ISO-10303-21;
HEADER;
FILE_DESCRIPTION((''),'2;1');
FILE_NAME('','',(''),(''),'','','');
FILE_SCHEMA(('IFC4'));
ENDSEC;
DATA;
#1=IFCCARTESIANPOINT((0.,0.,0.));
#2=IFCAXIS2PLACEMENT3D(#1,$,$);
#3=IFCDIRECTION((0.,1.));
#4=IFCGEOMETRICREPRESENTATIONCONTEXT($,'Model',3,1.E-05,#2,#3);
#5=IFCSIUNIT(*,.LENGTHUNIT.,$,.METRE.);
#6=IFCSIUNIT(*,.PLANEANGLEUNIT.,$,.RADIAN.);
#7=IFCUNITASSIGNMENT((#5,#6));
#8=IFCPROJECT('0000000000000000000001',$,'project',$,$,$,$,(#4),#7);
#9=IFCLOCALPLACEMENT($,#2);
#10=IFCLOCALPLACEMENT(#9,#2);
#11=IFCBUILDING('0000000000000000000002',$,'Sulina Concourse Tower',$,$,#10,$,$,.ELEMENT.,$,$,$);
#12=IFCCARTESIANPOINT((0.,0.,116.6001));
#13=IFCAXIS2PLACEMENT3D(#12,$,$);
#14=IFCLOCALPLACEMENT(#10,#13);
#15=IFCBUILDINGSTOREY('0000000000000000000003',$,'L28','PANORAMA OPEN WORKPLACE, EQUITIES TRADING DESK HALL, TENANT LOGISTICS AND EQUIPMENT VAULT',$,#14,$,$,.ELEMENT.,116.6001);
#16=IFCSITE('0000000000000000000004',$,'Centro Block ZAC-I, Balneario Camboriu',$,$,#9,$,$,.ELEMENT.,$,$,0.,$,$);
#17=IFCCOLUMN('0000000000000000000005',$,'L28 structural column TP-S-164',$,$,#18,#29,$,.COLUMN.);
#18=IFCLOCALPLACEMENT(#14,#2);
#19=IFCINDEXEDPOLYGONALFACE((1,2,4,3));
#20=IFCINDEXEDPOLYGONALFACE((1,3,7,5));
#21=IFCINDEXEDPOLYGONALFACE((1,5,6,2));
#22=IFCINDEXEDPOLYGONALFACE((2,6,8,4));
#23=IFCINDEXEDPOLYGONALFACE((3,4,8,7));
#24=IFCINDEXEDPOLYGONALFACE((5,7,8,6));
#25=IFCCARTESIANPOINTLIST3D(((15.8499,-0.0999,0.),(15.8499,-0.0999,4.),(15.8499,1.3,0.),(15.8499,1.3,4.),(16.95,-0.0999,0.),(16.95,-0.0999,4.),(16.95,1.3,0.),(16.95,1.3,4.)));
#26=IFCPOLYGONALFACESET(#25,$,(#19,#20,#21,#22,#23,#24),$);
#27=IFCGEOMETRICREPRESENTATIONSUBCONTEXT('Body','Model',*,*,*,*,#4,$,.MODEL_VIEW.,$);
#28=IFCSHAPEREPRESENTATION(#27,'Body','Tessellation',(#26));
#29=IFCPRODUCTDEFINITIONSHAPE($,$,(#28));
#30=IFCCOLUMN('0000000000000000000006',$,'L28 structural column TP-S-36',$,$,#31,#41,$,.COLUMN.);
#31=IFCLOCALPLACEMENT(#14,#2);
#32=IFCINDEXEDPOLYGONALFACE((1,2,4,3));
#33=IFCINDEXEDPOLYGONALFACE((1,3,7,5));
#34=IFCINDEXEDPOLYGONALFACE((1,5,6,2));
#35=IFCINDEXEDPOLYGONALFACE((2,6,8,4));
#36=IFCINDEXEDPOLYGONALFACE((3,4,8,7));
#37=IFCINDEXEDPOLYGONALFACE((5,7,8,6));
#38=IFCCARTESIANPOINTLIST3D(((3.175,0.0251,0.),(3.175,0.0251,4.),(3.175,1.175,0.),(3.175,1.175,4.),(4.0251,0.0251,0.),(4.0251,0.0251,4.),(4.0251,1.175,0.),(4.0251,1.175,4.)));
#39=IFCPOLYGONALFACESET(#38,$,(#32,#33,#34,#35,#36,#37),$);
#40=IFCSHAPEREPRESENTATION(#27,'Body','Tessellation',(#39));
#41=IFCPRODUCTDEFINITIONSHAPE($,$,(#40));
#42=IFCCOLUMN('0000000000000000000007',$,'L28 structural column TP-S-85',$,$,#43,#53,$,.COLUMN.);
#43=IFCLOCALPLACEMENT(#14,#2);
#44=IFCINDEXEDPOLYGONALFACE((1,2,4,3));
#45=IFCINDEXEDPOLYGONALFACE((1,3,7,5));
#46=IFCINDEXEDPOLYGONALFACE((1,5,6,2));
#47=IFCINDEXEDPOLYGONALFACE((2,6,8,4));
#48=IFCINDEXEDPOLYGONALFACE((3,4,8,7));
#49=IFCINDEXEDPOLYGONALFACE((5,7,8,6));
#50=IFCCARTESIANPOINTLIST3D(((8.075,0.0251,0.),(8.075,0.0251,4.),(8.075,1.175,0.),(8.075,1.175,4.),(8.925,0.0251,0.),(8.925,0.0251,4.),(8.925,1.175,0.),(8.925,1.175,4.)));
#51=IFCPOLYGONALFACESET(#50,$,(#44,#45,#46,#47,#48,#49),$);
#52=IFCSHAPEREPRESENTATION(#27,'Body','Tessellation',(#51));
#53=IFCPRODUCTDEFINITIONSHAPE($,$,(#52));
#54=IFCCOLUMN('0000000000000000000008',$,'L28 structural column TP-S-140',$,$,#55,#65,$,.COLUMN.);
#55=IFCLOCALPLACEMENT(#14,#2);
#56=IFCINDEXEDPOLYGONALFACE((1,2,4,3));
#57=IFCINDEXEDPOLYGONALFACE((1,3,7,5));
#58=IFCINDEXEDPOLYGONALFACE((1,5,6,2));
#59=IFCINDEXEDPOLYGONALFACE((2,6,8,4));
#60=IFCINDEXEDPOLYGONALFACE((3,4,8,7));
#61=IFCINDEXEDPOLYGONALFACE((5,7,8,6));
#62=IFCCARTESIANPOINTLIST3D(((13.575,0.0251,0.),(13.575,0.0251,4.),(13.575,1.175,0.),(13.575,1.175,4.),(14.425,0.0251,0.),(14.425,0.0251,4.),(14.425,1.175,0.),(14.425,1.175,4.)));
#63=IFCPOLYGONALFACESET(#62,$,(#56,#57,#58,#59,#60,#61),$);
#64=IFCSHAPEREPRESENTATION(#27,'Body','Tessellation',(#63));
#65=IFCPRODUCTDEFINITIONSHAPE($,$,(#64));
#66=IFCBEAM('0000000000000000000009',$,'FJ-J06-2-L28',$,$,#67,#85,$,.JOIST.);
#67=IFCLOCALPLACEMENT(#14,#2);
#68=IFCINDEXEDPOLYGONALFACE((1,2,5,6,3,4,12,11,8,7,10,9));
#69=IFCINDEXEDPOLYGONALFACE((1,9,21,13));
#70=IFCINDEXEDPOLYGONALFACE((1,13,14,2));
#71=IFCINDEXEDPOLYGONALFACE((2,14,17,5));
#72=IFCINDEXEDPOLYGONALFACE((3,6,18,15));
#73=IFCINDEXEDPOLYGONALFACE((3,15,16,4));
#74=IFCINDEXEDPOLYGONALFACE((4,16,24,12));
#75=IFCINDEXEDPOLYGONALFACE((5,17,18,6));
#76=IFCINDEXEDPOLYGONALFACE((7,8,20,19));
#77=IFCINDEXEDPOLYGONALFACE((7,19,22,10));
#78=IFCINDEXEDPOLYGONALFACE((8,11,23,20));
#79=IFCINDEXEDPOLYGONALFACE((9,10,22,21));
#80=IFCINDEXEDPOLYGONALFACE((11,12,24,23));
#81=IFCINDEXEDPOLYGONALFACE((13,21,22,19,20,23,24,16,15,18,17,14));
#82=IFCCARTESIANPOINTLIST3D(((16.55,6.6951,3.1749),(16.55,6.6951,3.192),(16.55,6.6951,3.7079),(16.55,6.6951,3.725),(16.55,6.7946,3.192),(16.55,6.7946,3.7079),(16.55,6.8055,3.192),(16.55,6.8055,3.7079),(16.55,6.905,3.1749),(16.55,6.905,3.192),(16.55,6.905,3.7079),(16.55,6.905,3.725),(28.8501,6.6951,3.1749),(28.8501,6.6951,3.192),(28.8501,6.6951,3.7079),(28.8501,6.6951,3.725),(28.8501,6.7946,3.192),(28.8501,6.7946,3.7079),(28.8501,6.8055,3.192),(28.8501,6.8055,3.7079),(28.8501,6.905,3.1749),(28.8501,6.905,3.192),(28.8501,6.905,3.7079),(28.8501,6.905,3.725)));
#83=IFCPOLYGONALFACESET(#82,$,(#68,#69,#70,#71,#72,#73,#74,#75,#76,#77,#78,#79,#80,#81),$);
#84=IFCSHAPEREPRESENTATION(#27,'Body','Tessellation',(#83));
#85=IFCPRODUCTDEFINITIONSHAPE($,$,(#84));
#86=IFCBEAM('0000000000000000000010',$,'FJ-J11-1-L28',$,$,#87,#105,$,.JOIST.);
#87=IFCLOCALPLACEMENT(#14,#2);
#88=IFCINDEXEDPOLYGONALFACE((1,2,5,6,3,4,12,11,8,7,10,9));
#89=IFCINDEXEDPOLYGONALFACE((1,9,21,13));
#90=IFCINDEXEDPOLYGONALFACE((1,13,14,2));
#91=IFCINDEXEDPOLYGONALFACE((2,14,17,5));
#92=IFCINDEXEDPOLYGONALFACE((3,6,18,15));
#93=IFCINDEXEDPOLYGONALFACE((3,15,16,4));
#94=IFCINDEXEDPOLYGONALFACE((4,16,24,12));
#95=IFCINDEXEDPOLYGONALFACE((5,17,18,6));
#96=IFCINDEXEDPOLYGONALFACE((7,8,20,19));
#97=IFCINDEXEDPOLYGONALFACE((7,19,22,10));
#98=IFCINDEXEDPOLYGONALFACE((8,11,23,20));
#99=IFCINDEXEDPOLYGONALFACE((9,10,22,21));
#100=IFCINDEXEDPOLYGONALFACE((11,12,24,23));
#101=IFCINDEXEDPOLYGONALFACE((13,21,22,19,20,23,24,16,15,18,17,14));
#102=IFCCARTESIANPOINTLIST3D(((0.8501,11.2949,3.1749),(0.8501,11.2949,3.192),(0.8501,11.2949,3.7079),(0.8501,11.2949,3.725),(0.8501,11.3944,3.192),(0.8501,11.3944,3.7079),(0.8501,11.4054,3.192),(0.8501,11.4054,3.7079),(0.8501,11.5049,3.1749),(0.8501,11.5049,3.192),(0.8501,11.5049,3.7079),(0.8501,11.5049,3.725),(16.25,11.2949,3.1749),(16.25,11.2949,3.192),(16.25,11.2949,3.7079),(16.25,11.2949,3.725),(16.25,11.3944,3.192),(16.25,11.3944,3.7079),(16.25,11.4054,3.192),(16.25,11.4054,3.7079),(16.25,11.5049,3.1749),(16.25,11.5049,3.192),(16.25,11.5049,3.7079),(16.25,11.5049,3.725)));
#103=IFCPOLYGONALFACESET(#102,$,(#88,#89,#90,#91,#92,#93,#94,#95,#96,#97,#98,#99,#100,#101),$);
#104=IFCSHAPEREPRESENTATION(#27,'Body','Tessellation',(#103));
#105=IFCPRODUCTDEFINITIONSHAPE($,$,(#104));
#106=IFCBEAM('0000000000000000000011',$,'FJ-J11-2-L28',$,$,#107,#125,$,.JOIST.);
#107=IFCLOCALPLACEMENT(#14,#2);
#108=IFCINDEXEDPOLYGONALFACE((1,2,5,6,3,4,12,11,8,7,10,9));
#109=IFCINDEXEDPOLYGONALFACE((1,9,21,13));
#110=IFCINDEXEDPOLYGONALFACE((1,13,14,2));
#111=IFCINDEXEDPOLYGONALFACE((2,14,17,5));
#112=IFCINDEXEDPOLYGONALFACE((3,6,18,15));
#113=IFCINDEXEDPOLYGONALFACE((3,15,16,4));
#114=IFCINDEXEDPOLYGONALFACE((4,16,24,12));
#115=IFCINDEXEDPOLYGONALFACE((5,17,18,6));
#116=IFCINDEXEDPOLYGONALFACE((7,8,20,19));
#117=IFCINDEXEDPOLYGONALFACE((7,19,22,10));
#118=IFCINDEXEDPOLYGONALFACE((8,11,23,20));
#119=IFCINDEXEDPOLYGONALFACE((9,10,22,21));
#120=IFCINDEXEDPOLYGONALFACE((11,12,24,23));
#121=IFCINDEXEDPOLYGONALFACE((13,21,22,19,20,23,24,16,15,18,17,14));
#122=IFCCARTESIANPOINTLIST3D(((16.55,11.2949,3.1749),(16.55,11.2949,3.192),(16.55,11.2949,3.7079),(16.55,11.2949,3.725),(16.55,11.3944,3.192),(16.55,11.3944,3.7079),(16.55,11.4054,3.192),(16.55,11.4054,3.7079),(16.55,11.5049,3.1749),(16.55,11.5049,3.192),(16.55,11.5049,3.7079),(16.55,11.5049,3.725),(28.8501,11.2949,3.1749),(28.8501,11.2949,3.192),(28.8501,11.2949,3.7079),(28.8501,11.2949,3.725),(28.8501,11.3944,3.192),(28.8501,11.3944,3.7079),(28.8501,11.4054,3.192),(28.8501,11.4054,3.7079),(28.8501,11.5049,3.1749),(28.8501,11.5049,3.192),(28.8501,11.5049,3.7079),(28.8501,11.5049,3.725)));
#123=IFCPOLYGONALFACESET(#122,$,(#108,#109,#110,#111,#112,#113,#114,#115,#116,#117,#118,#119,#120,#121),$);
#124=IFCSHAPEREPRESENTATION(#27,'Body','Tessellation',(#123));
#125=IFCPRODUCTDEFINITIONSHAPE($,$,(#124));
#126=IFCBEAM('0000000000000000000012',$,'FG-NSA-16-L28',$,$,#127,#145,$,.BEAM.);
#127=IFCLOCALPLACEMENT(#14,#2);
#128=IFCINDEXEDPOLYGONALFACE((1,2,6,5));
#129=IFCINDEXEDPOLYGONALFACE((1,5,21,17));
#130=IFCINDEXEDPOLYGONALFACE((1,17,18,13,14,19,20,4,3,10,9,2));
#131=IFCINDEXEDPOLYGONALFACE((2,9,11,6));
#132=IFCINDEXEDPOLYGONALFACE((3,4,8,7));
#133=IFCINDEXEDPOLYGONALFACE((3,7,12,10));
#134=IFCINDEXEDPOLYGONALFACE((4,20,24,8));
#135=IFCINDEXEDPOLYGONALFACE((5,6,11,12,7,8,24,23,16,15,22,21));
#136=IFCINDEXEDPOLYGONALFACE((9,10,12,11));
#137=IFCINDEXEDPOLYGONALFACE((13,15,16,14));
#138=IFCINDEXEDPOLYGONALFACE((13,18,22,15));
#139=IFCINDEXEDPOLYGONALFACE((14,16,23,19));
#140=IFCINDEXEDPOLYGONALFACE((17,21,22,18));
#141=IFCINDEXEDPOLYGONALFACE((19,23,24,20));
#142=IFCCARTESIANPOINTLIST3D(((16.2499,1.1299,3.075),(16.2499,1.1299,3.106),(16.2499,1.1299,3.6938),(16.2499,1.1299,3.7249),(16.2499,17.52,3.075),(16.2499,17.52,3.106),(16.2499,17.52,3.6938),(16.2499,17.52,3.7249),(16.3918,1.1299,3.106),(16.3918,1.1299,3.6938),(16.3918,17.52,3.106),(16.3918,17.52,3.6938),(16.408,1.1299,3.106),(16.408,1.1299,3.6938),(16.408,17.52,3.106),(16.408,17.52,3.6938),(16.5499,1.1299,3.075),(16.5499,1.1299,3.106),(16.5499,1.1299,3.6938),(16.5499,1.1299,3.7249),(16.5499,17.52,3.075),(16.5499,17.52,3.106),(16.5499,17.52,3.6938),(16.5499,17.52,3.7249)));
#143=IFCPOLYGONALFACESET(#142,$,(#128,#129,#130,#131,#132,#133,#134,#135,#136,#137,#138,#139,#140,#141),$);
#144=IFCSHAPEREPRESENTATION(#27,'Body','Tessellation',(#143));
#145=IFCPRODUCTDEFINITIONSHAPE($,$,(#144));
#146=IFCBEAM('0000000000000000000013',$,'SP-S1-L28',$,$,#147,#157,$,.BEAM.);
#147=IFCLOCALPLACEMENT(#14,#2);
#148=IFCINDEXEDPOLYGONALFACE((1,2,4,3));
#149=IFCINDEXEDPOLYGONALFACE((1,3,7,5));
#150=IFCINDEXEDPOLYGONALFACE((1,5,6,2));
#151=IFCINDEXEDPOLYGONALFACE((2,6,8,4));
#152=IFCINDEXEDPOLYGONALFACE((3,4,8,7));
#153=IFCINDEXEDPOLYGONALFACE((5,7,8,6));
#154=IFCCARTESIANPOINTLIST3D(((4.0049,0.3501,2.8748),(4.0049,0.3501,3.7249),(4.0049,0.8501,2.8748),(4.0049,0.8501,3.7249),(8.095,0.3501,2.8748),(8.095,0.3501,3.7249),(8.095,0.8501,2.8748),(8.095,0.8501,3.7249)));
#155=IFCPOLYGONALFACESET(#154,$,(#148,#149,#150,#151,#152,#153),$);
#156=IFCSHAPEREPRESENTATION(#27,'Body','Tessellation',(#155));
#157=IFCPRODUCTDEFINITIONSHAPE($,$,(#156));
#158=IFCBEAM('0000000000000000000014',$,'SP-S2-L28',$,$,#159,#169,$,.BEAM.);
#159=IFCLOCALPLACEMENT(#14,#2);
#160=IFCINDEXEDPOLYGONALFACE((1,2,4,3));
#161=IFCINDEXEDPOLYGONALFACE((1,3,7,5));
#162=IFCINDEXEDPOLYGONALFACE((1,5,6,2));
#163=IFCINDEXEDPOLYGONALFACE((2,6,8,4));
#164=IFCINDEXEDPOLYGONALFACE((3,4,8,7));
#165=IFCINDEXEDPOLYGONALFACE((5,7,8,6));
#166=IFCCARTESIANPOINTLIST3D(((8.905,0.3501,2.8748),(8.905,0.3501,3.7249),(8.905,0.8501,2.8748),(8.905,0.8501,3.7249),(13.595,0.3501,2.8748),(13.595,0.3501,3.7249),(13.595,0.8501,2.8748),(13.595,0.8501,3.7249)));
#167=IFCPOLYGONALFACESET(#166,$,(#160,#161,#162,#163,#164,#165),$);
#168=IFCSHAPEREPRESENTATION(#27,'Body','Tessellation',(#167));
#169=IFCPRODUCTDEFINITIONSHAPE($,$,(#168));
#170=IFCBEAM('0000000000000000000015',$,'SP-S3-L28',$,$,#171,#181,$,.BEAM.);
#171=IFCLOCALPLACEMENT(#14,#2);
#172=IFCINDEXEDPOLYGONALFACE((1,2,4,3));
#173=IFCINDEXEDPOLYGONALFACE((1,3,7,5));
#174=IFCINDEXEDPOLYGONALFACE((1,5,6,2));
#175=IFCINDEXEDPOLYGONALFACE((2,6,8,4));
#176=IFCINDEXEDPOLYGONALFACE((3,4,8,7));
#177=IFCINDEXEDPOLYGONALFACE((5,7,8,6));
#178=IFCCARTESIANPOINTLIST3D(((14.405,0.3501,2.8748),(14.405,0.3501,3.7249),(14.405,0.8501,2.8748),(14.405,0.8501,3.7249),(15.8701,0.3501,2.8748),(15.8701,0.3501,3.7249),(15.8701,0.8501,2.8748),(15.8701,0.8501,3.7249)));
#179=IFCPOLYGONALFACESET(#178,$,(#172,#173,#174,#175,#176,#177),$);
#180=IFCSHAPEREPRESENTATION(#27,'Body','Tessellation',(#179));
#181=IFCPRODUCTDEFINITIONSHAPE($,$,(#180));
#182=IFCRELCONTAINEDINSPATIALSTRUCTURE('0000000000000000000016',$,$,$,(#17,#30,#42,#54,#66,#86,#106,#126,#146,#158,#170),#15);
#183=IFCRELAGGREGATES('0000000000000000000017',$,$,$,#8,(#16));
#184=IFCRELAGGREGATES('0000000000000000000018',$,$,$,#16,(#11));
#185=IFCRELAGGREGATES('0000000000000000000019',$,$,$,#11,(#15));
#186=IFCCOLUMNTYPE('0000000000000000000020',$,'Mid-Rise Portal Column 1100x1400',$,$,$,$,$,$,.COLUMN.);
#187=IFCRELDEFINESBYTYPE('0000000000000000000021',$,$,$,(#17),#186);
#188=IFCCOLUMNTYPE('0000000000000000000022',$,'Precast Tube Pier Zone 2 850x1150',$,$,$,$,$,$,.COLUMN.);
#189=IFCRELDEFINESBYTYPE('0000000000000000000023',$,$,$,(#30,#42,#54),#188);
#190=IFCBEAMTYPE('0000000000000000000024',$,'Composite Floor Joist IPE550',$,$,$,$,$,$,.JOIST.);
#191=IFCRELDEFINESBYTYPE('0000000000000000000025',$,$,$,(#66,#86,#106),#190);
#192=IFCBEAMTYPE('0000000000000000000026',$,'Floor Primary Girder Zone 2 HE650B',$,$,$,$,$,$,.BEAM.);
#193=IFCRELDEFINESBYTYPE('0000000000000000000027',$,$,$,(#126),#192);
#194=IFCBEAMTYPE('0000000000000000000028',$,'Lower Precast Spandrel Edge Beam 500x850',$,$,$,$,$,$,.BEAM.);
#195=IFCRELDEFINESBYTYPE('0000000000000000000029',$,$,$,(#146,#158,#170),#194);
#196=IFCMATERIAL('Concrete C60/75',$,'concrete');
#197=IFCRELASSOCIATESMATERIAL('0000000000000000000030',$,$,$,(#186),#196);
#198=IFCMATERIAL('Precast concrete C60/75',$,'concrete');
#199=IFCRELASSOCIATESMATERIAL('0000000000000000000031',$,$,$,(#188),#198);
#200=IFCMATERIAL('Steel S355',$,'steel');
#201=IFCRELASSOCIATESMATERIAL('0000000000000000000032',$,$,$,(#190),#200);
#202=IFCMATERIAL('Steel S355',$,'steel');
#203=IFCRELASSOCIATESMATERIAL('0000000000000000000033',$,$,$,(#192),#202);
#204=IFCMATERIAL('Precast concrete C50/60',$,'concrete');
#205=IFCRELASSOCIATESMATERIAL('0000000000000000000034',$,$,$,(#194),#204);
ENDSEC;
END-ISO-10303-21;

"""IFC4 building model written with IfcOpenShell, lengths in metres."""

from ifc_helpers import new_model, si_unit, direction, frame, origin, origin_2d, place, context, subcontext, project, spatial, rectangle, i_section, extrude, material, material_profile, profile_set, type_object, element, save


model = new_model("IFC4")

# Units and contexts
model_context = context("Model", 3, precision=1e-05, world=origin(), true_north=direction((0.0, 1.0)))
body_context = subcontext(model_context, "Body", "Model", "MODEL_VIEW")
ifc_project = project(units=[si_unit("LENGTHUNIT", "METRE"), si_unit("PLANEANGLEUNIT", "RADIAN")], contexts=[model_context])

# Site, building, storey
site_placement = place(None, origin())
site = spatial("IfcSite", under=ifc_project, at=site_placement, Name="Centro Block ZAC-I, Balneario Camboriu", CompositionType="ELEMENT", RefElevation=0.0)
building_placement = place(site_placement, origin())
building = spatial("IfcBuilding", under=site, at=building_placement, Name="Sulina Concourse Tower", CompositionType="ELEMENT")
storey_placement = place(building_placement, frame((0.0, 0.0, 116.6001)))
storey = spatial("IfcBuildingStorey", under=building, at=storey_placement, Name="L28", Description="PANORAMA OPEN WORKPLACE, EQUITIES TRADING DESK HALL, TENANT LOGISTICS AND EQUIPMENT VAULT", CompositionType="ELEMENT", Elevation=116.6001)

# Columns
ifc_material_1 = material(Name="Concrete C60/75", Category="concrete")
ifc_material_profile_1 = material_profile(ifc_material_1, rectangle(XDim=1.1001, YDim=1.3999, at=origin_2d()), Name="RC 1100x1400")
ifc_profile_set_1 = profile_set([ifc_material_profile_1], Name="Concrete C60/75")
column_type_1 = type_object("IfcColumnType", Name="Mid-Rise Portal Column 1100x1400", PredefinedType="COLUMN", material=ifc_profile_set_1)
column_placement = place(storey_placement, frame((16.3999, 0.6001, 0.0), z_axis=(0.0, 0.0, 1.0), x_axis=(1.0, 0.0, 0.0)))
element("IfcColumn", 1, at=column_placement, inside=storey, type_object=column_type_1, Name="L28 structural column TP-S-164", PredefinedType="COLUMN", context=body_context, shape_type="SweptSolid", body=[
    extrude(rectangle(XDim=1.1001, YDim=1.3999, at=origin_2d()), origin(), (0.0, 0.0, 1.0), 4.0),
])
ifc_material_2 = material(Name="Precast concrete C60/75", Category="concrete")
ifc_material_profile_2 = material_profile(ifc_material_2, rectangle(XDim=0.8501, YDim=1.1499, at=origin_2d()), Name="PC 850x1150")
ifc_profile_set_2 = profile_set([ifc_material_profile_2], Name="Precast concrete C60/75")
column_type_2 = type_object("IfcColumnType", Name="Precast Tube Pier Zone 2 850x1150", PredefinedType="COLUMN", material=ifc_profile_set_2)
for number, where, z_axis, x_axis, name in (
    (2, (3.6001, 0.6001, 0.0), (0.0, 0.0, 1.0), (1.0, 0.0, 0.0), "L28 structural column TP-S-36"),
    (3, (8.5, 0.6001, 0.0), (0.0, 0.0, 1.0), (1.0, 0.0, 0.0), "L28 structural column TP-S-85"),
    (4, (14.0, 0.6001, 0.0), (0.0, 0.0, 1.0), (1.0, 0.0, 0.0), "L28 structural column TP-S-140"),
):
    element("IfcColumn", number, at=place(storey_placement, frame(where, z_axis=z_axis, x_axis=x_axis)), inside=storey, type_object=column_type_2, Name=name, PredefinedType="COLUMN", context=body_context, shape_type="SweptSolid", body=[
        extrude(rectangle(XDim=0.8501, YDim=1.1499, at=origin_2d()), origin(), (0.0, 0.0, 1.0), 4.0),
    ])

# Beams
ifc_material_3 = material(Name="Steel S355", Category="steel")
ifc_material_profile_3 = material_profile(ifc_material_3, i_section(OverallWidth=0.21, OverallDepth=0.55, WebThickness=0.011, FlangeThickness=0.0171, at=origin_2d()), Name="IPE 550")
ifc_profile_set_3 = profile_set([ifc_material_profile_3], Name="Steel S355")
beam_type_1 = type_object("IfcBeamType", Name="Composite Floor Joist IPE550", PredefinedType="JOIST", material=ifc_profile_set_3)
beam_1_placement = place(storey_placement, frame((16.55, 6.8, 3.45), z_axis=(1.0, 0.0, 0.0), x_axis=(0.0, 1.0, 0.0)))
element("IfcBeam", 5, at=beam_1_placement, inside=storey, type_object=beam_type_1, Name="FJ-J06-2-L28", PredefinedType="JOIST", context=body_context, shape_type="SweptSolid", body=[
    extrude(i_section(OverallWidth=0.21, OverallDepth=0.55, WebThickness=0.011, FlangeThickness=0.0171, at=origin_2d()), origin(), (0.0, 0.0, 1.0), 12.3),
])
beam_2_placement = place(storey_placement, frame((0.8501, 11.3999, 3.45), z_axis=(1.0, 0.0, 0.0), x_axis=(0.0, 1.0, 0.0)))
element("IfcBeam", 6, at=beam_2_placement, inside=storey, type_object=beam_type_1, Name="FJ-J11-1-L28", PredefinedType="JOIST", context=body_context, shape_type="SweptSolid", body=[
    extrude(i_section(OverallWidth=0.21, OverallDepth=0.55, WebThickness=0.011, FlangeThickness=0.0171, at=origin_2d()), origin(), (0.0, 0.0, 1.0), 15.3999),
])
beam_3_placement = place(storey_placement, frame((16.55, 11.3999, 3.45), z_axis=(1.0, 0.0, 0.0), x_axis=(0.0, 1.0, 0.0)))
element("IfcBeam", 7, at=beam_3_placement, inside=storey, type_object=beam_type_1, Name="FJ-J11-2-L28", PredefinedType="JOIST", context=body_context, shape_type="SweptSolid", body=[
    extrude(i_section(OverallWidth=0.21, OverallDepth=0.55, WebThickness=0.011, FlangeThickness=0.0171, at=origin_2d()), origin(), (0.0, 0.0, 1.0), 12.3),
])
ifc_material_4 = material(Name="Steel S355", Category="steel")
ifc_material_profile_4 = material_profile(ifc_material_4, i_section(OverallWidth=0.3, OverallDepth=0.6499, WebThickness=0.0161, FlangeThickness=0.031, at=origin_2d()), Name="HE 650 B")
ifc_profile_set_4 = profile_set([ifc_material_profile_4], Name="Steel S355")
beam_type_2 = type_object("IfcBeamType", Name="Floor Primary Girder Zone 2 HE650B", PredefinedType="BEAM", material=ifc_profile_set_4)
beam_4_placement = place(storey_placement, frame((16.3999, 1.1299, 3.3999), z_axis=(0.0, 1.0, 0.0), x_axis=(-1.0, 0.0, 0.0)))
element("IfcBeam", 8, at=beam_4_placement, inside=storey, type_object=beam_type_2, Name="FG-NSA-16-L28", PredefinedType="BEAM", context=body_context, shape_type="SweptSolid", body=[
    extrude(i_section(OverallWidth=0.3, OverallDepth=0.6499, WebThickness=0.0161, FlangeThickness=0.031, at=origin_2d()), origin(), (0.0, 0.0, 1.0), 16.3901),
])
ifc_material_5 = material(Name="Precast concrete C50/60", Category="concrete")
ifc_material_profile_5 = material_profile(ifc_material_5, rectangle(XDim=0.5, YDim=0.8501, at=origin_2d()), Name="RC 500x850")
ifc_profile_set_5 = profile_set([ifc_material_profile_5], Name="Precast concrete C50/60")
beam_type_3 = type_object("IfcBeamType", Name="Lower Precast Spandrel Edge Beam 500x850", PredefinedType="BEAM", material=ifc_profile_set_5)
beam_5_placement = place(storey_placement, frame((4.0049, 0.6001, 3.2998), z_axis=(1.0, 0.0, 0.0), x_axis=(0.0, 1.0, 0.0)))
element("IfcBeam", 9, at=beam_5_placement, inside=storey, type_object=beam_type_3, Name="SP-S1-L28", PredefinedType="BEAM", context=body_context, shape_type="SweptSolid", body=[
    extrude(rectangle(XDim=0.5, YDim=0.8501, at=origin_2d()), origin(), (0.0, 0.0, 1.0), 4.0901),
])
beam_6_placement = place(storey_placement, frame((8.905, 0.6001, 3.2998), z_axis=(1.0, 0.0, 0.0), x_axis=(0.0, 1.0, 0.0)))
element("IfcBeam", 10, at=beam_6_placement, inside=storey, type_object=beam_type_3, Name="SP-S2-L28", PredefinedType="BEAM", context=body_context, shape_type="SweptSolid", body=[
    extrude(rectangle(XDim=0.5, YDim=0.8501, at=origin_2d()), origin(), (0.0, 0.0, 1.0), 4.6899),
])
beam_7_placement = place(storey_placement, frame((14.405, 0.6001, 3.2998), z_axis=(1.0, 0.0, 0.0), x_axis=(0.0, 1.0, 0.0)))
element("IfcBeam", 11, at=beam_7_placement, inside=storey, type_object=beam_type_3, Name="SP-S3-L28", PredefinedType="BEAM", context=body_context, shape_type="SweptSolid", body=[
    extrude(rectangle(XDim=0.5, YDim=0.8501, at=origin_2d()), origin(), (0.0, 0.0, 1.0), 1.4651),
])

save(model, "model.ifc")
